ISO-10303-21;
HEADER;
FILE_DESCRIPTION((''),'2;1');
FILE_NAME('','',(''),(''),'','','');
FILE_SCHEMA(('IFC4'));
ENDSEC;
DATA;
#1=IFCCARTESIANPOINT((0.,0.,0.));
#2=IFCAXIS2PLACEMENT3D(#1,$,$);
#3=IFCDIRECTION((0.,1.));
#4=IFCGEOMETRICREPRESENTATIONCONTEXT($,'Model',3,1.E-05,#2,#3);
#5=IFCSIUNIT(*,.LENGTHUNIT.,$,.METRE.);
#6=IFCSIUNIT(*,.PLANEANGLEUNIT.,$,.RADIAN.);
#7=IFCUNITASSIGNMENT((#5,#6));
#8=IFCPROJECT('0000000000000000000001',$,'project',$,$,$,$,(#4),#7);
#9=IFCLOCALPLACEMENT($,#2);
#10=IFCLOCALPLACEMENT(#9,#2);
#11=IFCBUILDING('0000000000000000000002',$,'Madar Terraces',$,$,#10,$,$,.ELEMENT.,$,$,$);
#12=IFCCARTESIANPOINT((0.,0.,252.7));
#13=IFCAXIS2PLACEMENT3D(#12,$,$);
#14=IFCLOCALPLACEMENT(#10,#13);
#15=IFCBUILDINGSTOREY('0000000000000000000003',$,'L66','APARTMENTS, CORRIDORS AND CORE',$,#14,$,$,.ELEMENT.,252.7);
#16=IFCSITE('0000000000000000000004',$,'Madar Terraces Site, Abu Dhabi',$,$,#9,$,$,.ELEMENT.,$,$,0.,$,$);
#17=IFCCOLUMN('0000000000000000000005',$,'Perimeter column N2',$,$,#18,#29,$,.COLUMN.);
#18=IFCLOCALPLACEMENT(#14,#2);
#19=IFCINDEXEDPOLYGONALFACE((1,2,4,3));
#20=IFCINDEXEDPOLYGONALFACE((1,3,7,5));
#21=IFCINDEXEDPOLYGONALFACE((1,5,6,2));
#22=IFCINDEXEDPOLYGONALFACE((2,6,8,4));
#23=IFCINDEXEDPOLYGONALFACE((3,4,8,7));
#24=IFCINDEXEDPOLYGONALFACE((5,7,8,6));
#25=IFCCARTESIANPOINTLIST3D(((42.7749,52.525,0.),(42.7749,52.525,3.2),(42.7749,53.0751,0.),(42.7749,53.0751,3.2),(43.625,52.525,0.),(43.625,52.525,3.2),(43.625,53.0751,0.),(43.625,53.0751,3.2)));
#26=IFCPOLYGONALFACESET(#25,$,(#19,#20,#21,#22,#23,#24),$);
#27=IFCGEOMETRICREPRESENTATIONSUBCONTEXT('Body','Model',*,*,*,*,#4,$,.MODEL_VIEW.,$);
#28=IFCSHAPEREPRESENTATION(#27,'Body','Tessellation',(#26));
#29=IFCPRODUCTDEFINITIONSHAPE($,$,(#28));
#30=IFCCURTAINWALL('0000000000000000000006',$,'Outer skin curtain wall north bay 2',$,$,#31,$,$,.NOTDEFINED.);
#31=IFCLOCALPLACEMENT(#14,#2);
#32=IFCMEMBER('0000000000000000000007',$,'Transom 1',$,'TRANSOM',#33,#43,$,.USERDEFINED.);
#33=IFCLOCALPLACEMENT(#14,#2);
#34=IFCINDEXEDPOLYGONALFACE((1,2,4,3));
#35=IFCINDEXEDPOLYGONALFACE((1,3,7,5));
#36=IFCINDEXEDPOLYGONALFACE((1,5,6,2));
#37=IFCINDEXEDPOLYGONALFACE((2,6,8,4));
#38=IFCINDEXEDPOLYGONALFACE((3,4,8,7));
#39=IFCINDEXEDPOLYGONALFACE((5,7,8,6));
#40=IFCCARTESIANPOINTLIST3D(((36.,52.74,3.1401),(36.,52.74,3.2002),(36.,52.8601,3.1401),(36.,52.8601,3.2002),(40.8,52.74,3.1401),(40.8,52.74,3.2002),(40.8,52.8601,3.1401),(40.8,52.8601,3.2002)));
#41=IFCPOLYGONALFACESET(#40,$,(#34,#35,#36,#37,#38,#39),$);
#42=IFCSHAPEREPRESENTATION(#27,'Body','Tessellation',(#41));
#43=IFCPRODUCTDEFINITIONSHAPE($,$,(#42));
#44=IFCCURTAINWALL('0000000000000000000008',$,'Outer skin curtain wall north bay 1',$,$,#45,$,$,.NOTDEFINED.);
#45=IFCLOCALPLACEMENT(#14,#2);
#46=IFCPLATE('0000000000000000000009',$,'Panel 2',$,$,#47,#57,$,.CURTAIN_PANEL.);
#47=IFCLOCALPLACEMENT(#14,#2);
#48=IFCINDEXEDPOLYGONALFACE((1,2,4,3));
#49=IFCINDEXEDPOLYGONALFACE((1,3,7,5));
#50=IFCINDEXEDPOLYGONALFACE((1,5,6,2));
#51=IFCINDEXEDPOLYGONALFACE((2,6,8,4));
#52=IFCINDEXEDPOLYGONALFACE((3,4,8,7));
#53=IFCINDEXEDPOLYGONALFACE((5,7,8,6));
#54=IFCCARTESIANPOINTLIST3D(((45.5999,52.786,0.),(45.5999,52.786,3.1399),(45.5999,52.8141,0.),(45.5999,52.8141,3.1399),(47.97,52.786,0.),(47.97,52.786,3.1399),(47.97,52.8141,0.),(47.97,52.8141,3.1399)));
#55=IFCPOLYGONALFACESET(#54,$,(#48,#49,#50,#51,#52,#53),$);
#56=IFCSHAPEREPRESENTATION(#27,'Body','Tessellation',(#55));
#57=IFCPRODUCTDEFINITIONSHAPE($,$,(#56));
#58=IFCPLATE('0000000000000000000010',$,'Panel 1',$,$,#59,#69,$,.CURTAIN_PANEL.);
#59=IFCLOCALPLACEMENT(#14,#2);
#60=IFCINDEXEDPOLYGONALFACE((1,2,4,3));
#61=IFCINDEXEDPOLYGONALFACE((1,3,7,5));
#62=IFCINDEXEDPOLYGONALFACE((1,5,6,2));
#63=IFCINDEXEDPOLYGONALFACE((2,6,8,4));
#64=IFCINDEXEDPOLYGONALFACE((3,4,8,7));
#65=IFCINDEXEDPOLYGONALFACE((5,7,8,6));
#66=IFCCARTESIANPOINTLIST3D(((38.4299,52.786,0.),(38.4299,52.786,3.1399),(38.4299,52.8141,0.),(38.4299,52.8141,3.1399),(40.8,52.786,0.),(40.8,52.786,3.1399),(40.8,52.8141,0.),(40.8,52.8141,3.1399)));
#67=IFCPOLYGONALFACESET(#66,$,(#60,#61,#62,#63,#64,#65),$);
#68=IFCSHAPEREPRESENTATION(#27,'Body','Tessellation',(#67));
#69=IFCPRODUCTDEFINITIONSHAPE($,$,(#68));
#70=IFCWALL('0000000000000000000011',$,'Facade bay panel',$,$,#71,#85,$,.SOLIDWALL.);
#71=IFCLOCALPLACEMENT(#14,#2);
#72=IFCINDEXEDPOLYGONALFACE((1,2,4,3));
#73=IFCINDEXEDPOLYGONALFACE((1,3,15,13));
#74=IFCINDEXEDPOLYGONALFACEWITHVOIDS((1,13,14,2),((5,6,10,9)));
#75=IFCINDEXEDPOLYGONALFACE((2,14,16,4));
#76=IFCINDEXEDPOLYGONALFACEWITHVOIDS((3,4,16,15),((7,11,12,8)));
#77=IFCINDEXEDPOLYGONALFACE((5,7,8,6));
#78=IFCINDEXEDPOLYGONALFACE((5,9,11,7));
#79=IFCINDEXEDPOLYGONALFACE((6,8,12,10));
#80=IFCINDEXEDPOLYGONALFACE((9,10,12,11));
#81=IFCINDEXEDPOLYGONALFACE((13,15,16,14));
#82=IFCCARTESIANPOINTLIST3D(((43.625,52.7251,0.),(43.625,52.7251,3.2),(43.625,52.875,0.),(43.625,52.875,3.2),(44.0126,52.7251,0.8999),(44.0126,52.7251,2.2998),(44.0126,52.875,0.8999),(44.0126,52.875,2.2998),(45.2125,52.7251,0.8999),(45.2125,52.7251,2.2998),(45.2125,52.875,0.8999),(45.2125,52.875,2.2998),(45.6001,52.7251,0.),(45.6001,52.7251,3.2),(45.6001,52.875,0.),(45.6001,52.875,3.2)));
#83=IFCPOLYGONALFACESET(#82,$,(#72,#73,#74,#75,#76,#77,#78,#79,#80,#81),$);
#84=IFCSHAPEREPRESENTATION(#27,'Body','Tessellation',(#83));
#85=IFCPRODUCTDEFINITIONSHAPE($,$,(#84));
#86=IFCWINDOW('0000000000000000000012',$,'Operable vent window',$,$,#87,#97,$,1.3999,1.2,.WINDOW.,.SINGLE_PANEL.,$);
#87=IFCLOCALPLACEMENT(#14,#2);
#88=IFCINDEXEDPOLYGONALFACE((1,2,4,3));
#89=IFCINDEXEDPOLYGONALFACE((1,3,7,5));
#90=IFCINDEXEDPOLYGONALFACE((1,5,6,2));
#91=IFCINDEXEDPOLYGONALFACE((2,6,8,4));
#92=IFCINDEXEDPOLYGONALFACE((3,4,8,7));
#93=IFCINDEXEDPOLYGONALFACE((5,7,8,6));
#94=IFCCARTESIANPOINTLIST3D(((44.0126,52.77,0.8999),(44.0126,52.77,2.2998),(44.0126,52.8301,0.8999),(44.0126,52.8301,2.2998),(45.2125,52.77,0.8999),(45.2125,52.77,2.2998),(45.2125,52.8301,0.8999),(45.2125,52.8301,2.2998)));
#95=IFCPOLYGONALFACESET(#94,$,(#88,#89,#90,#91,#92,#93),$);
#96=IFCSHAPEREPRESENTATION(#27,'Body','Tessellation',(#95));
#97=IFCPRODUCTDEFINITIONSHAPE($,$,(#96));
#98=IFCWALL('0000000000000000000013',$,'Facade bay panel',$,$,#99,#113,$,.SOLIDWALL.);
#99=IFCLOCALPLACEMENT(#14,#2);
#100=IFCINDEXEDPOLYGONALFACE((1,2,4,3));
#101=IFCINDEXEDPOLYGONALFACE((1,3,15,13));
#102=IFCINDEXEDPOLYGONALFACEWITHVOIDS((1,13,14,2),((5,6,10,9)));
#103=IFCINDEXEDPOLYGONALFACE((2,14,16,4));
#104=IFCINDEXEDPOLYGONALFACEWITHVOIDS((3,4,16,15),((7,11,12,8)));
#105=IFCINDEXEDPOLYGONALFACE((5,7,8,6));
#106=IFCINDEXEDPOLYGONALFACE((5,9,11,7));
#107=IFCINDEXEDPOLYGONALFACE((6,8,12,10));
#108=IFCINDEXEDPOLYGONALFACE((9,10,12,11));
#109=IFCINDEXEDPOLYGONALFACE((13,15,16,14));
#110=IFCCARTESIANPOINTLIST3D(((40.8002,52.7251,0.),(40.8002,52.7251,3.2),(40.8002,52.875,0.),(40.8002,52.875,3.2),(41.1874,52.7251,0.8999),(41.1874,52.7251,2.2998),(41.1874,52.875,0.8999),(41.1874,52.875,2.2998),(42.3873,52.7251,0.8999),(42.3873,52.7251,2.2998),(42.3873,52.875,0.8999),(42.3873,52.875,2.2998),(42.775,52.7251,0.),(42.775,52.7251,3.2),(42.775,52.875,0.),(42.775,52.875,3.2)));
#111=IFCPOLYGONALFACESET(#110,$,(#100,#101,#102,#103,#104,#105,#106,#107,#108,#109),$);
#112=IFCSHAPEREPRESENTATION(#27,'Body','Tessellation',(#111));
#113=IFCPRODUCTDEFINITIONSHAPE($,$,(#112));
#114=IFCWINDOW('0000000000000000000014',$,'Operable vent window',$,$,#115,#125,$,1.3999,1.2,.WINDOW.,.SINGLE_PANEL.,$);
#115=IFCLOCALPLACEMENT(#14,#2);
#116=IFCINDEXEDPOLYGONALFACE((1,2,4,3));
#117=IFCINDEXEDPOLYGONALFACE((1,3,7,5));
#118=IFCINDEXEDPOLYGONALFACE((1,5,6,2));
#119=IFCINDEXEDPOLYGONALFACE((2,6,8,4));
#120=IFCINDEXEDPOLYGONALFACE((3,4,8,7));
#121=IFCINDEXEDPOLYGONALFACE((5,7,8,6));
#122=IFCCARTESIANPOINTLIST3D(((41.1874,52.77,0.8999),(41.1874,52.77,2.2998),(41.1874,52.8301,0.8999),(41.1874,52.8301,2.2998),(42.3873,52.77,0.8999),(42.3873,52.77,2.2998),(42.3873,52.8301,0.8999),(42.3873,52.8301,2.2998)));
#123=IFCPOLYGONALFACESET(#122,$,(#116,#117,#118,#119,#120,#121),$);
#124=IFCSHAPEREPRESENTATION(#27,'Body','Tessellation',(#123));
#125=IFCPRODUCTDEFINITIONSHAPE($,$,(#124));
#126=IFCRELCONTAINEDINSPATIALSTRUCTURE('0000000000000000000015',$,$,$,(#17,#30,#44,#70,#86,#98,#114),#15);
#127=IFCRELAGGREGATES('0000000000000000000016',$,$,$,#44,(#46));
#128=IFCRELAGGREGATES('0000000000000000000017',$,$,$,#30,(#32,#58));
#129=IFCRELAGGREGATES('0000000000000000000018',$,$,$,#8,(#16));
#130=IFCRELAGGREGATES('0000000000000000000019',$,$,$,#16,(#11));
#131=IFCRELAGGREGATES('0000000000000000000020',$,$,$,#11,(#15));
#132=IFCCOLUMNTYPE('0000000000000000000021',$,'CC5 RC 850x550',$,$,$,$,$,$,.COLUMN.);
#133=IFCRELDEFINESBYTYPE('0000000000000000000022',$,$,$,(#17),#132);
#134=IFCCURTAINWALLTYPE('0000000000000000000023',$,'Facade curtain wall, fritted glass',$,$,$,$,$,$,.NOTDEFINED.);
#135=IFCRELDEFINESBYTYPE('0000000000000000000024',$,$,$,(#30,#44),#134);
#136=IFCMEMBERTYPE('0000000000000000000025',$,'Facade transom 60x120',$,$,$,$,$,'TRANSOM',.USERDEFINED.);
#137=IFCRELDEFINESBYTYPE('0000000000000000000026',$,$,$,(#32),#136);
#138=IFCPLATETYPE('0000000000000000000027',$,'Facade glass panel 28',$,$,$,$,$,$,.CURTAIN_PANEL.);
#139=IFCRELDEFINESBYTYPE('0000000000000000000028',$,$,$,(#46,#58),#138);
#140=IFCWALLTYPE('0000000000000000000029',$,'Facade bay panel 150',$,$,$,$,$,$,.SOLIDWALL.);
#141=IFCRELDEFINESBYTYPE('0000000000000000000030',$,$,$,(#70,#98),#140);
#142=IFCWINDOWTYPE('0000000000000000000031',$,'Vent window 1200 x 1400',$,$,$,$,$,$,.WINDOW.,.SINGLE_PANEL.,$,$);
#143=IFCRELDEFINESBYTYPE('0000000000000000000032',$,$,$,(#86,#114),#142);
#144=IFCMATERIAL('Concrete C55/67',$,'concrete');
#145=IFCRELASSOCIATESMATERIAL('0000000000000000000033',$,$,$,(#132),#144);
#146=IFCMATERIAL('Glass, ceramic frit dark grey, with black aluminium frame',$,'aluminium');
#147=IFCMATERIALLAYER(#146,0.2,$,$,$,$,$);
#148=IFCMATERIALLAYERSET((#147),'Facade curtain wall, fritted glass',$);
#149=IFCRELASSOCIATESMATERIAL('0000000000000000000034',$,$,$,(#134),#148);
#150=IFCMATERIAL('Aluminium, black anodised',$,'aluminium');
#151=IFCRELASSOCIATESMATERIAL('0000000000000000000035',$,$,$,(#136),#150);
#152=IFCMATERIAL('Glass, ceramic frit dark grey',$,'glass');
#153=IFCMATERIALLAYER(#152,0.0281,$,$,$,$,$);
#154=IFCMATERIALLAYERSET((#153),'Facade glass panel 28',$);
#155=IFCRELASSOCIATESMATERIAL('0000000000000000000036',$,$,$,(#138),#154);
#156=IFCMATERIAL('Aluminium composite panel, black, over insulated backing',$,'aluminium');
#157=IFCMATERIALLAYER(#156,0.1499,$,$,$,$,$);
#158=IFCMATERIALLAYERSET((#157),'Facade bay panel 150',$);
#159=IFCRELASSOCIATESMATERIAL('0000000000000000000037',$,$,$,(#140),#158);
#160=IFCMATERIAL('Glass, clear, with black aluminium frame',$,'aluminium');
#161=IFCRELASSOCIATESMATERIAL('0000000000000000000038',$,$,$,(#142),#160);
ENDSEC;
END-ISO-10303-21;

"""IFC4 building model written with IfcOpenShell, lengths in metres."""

from ifc_helpers import new_model, si_unit, direction, frame, frame_2d, origin, origin_2d, place, context, subcontext, project, spatial, rectangle, extrude, material, layer, layer_set, material_profile, profile_set, type_object, element, fill, aggregate, save


model = new_model("IFC4")

# Units and contexts
model_context = context("Model", 3, precision=1e-05, world=origin(), true_north=direction((0.0, 1.0)))
body_context = subcontext(model_context, "Body", "Model", "MODEL_VIEW")
ifc_project = project(units=[si_unit("LENGTHUNIT", "METRE"), si_unit("PLANEANGLEUNIT", "RADIAN")], contexts=[model_context])

# Site, building, storey
site_placement = place(None, origin())
site = spatial("IfcSite", under=ifc_project, at=site_placement, Name="Madar Terraces Site, Abu Dhabi", CompositionType="ELEMENT", RefElevation=0.0)
building_placement = place(site_placement, origin())
building = spatial("IfcBuilding", under=site, at=building_placement, Name="Madar Terraces", CompositionType="ELEMENT")
storey_placement = place(building_placement, frame((0.0, 0.0, 252.7)))
storey = spatial("IfcBuildingStorey", under=building, at=storey_placement, Name="L66", Description="APARTMENTS, CORRIDORS AND CORE", CompositionType="ELEMENT", Elevation=252.7)

# Column
ifc_material_1 = material(Name="Concrete C55/67", Category="concrete")
ifc_material_profile_1 = material_profile(ifc_material_1, rectangle(XDim=0.8501, YDim=0.55, at=origin_2d()), Name="CC5 RC 850x550")
ifc_profile_set_1 = profile_set([ifc_material_profile_1], Name="Concrete C55/67")
column_type = type_object("IfcColumnType", Name="CC5 RC 850x550", PredefinedType="COLUMN", material=ifc_profile_set_1)
column_placement = place(storey_placement, frame((43.2, 52.8, 0.0), z_axis=(0.0, 0.0, 1.0), x_axis=(1.0, 0.0, 0.0)))
element("IfcColumn", 1, at=column_placement, inside=storey, type_object=column_type, Name="Perimeter column N2", PredefinedType="COLUMN", context=body_context, shape_type="SweptSolid", body=[
    extrude(rectangle(XDim=0.8501, YDim=0.55, at=origin_2d()), origin(), (0.0, 0.0, 1.0), 3.2),
])

# Curtain wall, member
ifc_material_2 = material(Name="Glass, ceramic frit dark grey, with black aluminium frame", Category="aluminium")
ifc_layer_1 = layer(ifc_material_2, 0.2)
ifc_layer_set_1 = layer_set([ifc_layer_1], Name="Facade curtain wall, fritted glass")
curtain_wall_type = type_object("IfcCurtainWallType", Name="Facade curtain wall, fritted glass", PredefinedType="NOTDEFINED", material=ifc_layer_set_1)
curtain_wall_1_placement = place(storey_placement, origin())
curtain_wall_1 = element("IfcCurtainWall", 2, at=curtain_wall_1_placement, inside=storey, type_object=curtain_wall_type, Name="Outer skin curtain wall north bay 2", PredefinedType="NOTDEFINED")
ifc_material_3 = material(Name="Aluminium, black anodised", Category="aluminium")
ifc_material_profile_2 = material_profile(ifc_material_3, rectangle(XDim=0.1201, YDim=0.0601, at=origin_2d()), Name="Facade transom 60x120")
ifc_profile_set_2 = profile_set([ifc_material_profile_2], Name="Aluminium, black anodised")
member_type = type_object("IfcMemberType", Name="Facade transom 60x120", ElementType="TRANSOM", PredefinedType="USERDEFINED", material=ifc_profile_set_2)
member_placement = place(storey_placement, frame((40.8, 52.8, 3.1702), z_axis=(-1.0, 0.0, 0.0), x_axis=(0.0, -1.0, 0.0)))
member = element("IfcMember", 3, at=member_placement, type_object=member_type, Name="Transom 1", ObjectType="TRANSOM", PredefinedType="USERDEFINED", context=body_context, shape_type="SweptSolid", body=[
    extrude(rectangle(XDim=0.1201, YDim=0.0601, at=origin_2d()), origin(), (0.0, 0.0, 1.0), 4.8),
])

# Curtain wall, plate
curtain_wall_2_placement = place(storey_placement, origin())
curtain_wall_2 = element("IfcCurtainWall", 4, at=curtain_wall_2_placement, inside=storey, type_object=curtain_wall_type, Name="Outer skin curtain wall north bay 1", PredefinedType="NOTDEFINED")
ifc_material_4 = material(Name="Glass, ceramic frit dark grey", Category="glass")
ifc_layer_2 = layer(ifc_material_4, 0.0281)
ifc_layer_set_2 = layer_set([ifc_layer_2], Name="Facade glass panel 28")
plate_type = type_object("IfcPlateType", Name="Facade glass panel 28", PredefinedType="CURTAIN_PANEL", material=ifc_layer_set_2)
plate_1_placement = place(storey_placement, frame((46.7849, 52.8, 0.0), z_axis=(0.0, 0.0, 1.0), x_axis=(-1.0, 0.0, 0.0)))
plate_1 = element("IfcPlate", 5, at=plate_1_placement, type_object=plate_type, Name="Panel 2", PredefinedType="CURTAIN_PANEL", context=body_context, shape_type="SweptSolid", body=[
    extrude(rectangle(XDim=2.3701, YDim=0.0281, at=origin_2d()), origin(), (0.0, 0.0, 1.0), 3.1399),
])
aggregate(curtain_wall_2, [plate_1])

# Plate
plate_2_placement = place(storey_placement, frame((39.615, 52.8, 0.0), z_axis=(0.0, 0.0, 1.0), x_axis=(-1.0, 0.0, 0.0)))
plate_2 = element("IfcPlate", 6, at=plate_2_placement, type_object=plate_type, Name="Panel 1", PredefinedType="CURTAIN_PANEL", context=body_context, shape_type="SweptSolid", body=[
    extrude(rectangle(XDim=2.3701, YDim=0.0281, at=origin_2d()), origin(), (0.0, 0.0, 1.0), 3.1399),
])
aggregate(curtain_wall_1, [member, plate_2])

# Walls, openings, windows
ifc_material_5 = material(Name="Aluminium composite panel, black, over insulated backing", Category="aluminium")
ifc_layer_3 = layer(ifc_material_5, 0.1499)
ifc_layer_set_3 = layer_set([ifc_layer_3], Name="Facade bay panel 150")
wall_type_1 = type_object("IfcWallType", Name="Facade bay panel 150", PredefinedType="SOLIDWALL", material=ifc_layer_set_3)
wall_1_placement = place(storey_placement, frame((45.6001, 52.8, 0.0), z_axis=(0.0, 0.0, 1.0), x_axis=(-1.0, 0.0, 0.0)))
wall_1 = element("IfcWall", 7, at=wall_1_placement, inside=storey, type_object=wall_type_1, Name="Facade bay panel", PredefinedType="SOLIDWALL", context=body_context, shape_type="SweptSolid", body=[
    extrude(rectangle(XDim=1.9751, YDim=0.1499, at=frame_2d((0.9875, 0.0))), origin(), (0.0, 0.0, 1.0), 3.2),
])
opening_1_placement = place(wall_1_placement, frame((0.3875, 0.0, 0.8999)))
opening_1 = element("IfcOpeningElement", 8, at=opening_1_placement, cuts=wall_1, PredefinedType="OPENING", context=body_context, shape_type="SweptSolid", body=[
    extrude(rectangle(XDim=1.2, YDim=1.3999, at=frame_2d((0.6001, 0.7))), frame((0.0, 0.085, 0.0), z_axis=(0.0, -1.0, 0.0), x_axis=(1.0, 0.0, 0.0)), (0.0, 0.0, 1.0), 0.1699),
])
ifc_material_6 = material(Name="Glass, clear, with black aluminium frame", Category="aluminium")
window_type = type_object("IfcWindowType", Name="Vent window 1200 x 1400", PartitioningType="SINGLE_PANEL", PredefinedType="WINDOW", material=ifc_material_6)
window_1_placement = place(opening_1_placement, origin())
window_1 = element("IfcWindow", 9, at=window_1_placement, inside=storey, type_object=window_type, Name="Operable vent window", OverallHeight=1.3999, OverallWidth=1.2, PartitioningType="SINGLE_PANEL", PredefinedType="WINDOW", context=body_context, shape_type="SweptSolid", body=[
    extrude(rectangle(XDim=1.2, YDim=1.3999, at=frame_2d((0.6001, 0.7))), frame((0.0, 0.03, 0.0), z_axis=(0.0, -1.0, 0.0), x_axis=(1.0, 0.0, 0.0)), (0.0, 0.0, 1.0), 0.0601),
])
fill(opening_1, window_1)
wall_2_placement = place(storey_placement, frame((42.7749, 52.8, 0.0), z_axis=(0.0, 0.0, 1.0), x_axis=(-1.0, 0.0, 0.0)))
wall_2 = element("IfcWall", 10, at=wall_2_placement, inside=storey, type_object=wall_type_1, Name="Facade bay panel", PredefinedType="SOLIDWALL", context=body_context, shape_type="SweptSolid", body=[
    extrude(rectangle(XDim=1.9749, YDim=0.1499, at=frame_2d((0.9873, 0.0))), origin(), (0.0, 0.0, 1.0), 3.2),
])
opening_2_placement = place(wall_2_placement, frame((0.3875, 0.0, 0.8999)))
opening_2 = element("IfcOpeningElement", 11, at=opening_2_placement, cuts=wall_2, PredefinedType="OPENING", context=body_context, shape_type="SweptSolid", body=[
    extrude(rectangle(XDim=1.2, YDim=1.3999, at=frame_2d((0.6001, 0.7))), frame((0.0, 0.085, 0.0), z_axis=(0.0, -1.0, 0.0), x_axis=(1.0, 0.0, 0.0)), (0.0, 0.0, 1.0), 0.1699),
])
window_2_placement = place(opening_2_placement, origin())
window_2 = element("IfcWindow", 12, at=window_2_placement, inside=storey, type_object=window_type, Name="Operable vent window", OverallHeight=1.3999, OverallWidth=1.2, PartitioningType="SINGLE_PANEL", PredefinedType="WINDOW", context=body_context, shape_type="SweptSolid", body=[
    extrude(rectangle(XDim=1.2, YDim=1.3999, at=frame_2d((0.6001, 0.7))), frame((0.0, 0.03, 0.0), z_axis=(0.0, -1.0, 0.0), x_axis=(1.0, 0.0, 0.0)), (0.0, 0.0, 1.0), 0.0601),
])
fill(opening_2, window_2)

save(model, "model.ifc")
